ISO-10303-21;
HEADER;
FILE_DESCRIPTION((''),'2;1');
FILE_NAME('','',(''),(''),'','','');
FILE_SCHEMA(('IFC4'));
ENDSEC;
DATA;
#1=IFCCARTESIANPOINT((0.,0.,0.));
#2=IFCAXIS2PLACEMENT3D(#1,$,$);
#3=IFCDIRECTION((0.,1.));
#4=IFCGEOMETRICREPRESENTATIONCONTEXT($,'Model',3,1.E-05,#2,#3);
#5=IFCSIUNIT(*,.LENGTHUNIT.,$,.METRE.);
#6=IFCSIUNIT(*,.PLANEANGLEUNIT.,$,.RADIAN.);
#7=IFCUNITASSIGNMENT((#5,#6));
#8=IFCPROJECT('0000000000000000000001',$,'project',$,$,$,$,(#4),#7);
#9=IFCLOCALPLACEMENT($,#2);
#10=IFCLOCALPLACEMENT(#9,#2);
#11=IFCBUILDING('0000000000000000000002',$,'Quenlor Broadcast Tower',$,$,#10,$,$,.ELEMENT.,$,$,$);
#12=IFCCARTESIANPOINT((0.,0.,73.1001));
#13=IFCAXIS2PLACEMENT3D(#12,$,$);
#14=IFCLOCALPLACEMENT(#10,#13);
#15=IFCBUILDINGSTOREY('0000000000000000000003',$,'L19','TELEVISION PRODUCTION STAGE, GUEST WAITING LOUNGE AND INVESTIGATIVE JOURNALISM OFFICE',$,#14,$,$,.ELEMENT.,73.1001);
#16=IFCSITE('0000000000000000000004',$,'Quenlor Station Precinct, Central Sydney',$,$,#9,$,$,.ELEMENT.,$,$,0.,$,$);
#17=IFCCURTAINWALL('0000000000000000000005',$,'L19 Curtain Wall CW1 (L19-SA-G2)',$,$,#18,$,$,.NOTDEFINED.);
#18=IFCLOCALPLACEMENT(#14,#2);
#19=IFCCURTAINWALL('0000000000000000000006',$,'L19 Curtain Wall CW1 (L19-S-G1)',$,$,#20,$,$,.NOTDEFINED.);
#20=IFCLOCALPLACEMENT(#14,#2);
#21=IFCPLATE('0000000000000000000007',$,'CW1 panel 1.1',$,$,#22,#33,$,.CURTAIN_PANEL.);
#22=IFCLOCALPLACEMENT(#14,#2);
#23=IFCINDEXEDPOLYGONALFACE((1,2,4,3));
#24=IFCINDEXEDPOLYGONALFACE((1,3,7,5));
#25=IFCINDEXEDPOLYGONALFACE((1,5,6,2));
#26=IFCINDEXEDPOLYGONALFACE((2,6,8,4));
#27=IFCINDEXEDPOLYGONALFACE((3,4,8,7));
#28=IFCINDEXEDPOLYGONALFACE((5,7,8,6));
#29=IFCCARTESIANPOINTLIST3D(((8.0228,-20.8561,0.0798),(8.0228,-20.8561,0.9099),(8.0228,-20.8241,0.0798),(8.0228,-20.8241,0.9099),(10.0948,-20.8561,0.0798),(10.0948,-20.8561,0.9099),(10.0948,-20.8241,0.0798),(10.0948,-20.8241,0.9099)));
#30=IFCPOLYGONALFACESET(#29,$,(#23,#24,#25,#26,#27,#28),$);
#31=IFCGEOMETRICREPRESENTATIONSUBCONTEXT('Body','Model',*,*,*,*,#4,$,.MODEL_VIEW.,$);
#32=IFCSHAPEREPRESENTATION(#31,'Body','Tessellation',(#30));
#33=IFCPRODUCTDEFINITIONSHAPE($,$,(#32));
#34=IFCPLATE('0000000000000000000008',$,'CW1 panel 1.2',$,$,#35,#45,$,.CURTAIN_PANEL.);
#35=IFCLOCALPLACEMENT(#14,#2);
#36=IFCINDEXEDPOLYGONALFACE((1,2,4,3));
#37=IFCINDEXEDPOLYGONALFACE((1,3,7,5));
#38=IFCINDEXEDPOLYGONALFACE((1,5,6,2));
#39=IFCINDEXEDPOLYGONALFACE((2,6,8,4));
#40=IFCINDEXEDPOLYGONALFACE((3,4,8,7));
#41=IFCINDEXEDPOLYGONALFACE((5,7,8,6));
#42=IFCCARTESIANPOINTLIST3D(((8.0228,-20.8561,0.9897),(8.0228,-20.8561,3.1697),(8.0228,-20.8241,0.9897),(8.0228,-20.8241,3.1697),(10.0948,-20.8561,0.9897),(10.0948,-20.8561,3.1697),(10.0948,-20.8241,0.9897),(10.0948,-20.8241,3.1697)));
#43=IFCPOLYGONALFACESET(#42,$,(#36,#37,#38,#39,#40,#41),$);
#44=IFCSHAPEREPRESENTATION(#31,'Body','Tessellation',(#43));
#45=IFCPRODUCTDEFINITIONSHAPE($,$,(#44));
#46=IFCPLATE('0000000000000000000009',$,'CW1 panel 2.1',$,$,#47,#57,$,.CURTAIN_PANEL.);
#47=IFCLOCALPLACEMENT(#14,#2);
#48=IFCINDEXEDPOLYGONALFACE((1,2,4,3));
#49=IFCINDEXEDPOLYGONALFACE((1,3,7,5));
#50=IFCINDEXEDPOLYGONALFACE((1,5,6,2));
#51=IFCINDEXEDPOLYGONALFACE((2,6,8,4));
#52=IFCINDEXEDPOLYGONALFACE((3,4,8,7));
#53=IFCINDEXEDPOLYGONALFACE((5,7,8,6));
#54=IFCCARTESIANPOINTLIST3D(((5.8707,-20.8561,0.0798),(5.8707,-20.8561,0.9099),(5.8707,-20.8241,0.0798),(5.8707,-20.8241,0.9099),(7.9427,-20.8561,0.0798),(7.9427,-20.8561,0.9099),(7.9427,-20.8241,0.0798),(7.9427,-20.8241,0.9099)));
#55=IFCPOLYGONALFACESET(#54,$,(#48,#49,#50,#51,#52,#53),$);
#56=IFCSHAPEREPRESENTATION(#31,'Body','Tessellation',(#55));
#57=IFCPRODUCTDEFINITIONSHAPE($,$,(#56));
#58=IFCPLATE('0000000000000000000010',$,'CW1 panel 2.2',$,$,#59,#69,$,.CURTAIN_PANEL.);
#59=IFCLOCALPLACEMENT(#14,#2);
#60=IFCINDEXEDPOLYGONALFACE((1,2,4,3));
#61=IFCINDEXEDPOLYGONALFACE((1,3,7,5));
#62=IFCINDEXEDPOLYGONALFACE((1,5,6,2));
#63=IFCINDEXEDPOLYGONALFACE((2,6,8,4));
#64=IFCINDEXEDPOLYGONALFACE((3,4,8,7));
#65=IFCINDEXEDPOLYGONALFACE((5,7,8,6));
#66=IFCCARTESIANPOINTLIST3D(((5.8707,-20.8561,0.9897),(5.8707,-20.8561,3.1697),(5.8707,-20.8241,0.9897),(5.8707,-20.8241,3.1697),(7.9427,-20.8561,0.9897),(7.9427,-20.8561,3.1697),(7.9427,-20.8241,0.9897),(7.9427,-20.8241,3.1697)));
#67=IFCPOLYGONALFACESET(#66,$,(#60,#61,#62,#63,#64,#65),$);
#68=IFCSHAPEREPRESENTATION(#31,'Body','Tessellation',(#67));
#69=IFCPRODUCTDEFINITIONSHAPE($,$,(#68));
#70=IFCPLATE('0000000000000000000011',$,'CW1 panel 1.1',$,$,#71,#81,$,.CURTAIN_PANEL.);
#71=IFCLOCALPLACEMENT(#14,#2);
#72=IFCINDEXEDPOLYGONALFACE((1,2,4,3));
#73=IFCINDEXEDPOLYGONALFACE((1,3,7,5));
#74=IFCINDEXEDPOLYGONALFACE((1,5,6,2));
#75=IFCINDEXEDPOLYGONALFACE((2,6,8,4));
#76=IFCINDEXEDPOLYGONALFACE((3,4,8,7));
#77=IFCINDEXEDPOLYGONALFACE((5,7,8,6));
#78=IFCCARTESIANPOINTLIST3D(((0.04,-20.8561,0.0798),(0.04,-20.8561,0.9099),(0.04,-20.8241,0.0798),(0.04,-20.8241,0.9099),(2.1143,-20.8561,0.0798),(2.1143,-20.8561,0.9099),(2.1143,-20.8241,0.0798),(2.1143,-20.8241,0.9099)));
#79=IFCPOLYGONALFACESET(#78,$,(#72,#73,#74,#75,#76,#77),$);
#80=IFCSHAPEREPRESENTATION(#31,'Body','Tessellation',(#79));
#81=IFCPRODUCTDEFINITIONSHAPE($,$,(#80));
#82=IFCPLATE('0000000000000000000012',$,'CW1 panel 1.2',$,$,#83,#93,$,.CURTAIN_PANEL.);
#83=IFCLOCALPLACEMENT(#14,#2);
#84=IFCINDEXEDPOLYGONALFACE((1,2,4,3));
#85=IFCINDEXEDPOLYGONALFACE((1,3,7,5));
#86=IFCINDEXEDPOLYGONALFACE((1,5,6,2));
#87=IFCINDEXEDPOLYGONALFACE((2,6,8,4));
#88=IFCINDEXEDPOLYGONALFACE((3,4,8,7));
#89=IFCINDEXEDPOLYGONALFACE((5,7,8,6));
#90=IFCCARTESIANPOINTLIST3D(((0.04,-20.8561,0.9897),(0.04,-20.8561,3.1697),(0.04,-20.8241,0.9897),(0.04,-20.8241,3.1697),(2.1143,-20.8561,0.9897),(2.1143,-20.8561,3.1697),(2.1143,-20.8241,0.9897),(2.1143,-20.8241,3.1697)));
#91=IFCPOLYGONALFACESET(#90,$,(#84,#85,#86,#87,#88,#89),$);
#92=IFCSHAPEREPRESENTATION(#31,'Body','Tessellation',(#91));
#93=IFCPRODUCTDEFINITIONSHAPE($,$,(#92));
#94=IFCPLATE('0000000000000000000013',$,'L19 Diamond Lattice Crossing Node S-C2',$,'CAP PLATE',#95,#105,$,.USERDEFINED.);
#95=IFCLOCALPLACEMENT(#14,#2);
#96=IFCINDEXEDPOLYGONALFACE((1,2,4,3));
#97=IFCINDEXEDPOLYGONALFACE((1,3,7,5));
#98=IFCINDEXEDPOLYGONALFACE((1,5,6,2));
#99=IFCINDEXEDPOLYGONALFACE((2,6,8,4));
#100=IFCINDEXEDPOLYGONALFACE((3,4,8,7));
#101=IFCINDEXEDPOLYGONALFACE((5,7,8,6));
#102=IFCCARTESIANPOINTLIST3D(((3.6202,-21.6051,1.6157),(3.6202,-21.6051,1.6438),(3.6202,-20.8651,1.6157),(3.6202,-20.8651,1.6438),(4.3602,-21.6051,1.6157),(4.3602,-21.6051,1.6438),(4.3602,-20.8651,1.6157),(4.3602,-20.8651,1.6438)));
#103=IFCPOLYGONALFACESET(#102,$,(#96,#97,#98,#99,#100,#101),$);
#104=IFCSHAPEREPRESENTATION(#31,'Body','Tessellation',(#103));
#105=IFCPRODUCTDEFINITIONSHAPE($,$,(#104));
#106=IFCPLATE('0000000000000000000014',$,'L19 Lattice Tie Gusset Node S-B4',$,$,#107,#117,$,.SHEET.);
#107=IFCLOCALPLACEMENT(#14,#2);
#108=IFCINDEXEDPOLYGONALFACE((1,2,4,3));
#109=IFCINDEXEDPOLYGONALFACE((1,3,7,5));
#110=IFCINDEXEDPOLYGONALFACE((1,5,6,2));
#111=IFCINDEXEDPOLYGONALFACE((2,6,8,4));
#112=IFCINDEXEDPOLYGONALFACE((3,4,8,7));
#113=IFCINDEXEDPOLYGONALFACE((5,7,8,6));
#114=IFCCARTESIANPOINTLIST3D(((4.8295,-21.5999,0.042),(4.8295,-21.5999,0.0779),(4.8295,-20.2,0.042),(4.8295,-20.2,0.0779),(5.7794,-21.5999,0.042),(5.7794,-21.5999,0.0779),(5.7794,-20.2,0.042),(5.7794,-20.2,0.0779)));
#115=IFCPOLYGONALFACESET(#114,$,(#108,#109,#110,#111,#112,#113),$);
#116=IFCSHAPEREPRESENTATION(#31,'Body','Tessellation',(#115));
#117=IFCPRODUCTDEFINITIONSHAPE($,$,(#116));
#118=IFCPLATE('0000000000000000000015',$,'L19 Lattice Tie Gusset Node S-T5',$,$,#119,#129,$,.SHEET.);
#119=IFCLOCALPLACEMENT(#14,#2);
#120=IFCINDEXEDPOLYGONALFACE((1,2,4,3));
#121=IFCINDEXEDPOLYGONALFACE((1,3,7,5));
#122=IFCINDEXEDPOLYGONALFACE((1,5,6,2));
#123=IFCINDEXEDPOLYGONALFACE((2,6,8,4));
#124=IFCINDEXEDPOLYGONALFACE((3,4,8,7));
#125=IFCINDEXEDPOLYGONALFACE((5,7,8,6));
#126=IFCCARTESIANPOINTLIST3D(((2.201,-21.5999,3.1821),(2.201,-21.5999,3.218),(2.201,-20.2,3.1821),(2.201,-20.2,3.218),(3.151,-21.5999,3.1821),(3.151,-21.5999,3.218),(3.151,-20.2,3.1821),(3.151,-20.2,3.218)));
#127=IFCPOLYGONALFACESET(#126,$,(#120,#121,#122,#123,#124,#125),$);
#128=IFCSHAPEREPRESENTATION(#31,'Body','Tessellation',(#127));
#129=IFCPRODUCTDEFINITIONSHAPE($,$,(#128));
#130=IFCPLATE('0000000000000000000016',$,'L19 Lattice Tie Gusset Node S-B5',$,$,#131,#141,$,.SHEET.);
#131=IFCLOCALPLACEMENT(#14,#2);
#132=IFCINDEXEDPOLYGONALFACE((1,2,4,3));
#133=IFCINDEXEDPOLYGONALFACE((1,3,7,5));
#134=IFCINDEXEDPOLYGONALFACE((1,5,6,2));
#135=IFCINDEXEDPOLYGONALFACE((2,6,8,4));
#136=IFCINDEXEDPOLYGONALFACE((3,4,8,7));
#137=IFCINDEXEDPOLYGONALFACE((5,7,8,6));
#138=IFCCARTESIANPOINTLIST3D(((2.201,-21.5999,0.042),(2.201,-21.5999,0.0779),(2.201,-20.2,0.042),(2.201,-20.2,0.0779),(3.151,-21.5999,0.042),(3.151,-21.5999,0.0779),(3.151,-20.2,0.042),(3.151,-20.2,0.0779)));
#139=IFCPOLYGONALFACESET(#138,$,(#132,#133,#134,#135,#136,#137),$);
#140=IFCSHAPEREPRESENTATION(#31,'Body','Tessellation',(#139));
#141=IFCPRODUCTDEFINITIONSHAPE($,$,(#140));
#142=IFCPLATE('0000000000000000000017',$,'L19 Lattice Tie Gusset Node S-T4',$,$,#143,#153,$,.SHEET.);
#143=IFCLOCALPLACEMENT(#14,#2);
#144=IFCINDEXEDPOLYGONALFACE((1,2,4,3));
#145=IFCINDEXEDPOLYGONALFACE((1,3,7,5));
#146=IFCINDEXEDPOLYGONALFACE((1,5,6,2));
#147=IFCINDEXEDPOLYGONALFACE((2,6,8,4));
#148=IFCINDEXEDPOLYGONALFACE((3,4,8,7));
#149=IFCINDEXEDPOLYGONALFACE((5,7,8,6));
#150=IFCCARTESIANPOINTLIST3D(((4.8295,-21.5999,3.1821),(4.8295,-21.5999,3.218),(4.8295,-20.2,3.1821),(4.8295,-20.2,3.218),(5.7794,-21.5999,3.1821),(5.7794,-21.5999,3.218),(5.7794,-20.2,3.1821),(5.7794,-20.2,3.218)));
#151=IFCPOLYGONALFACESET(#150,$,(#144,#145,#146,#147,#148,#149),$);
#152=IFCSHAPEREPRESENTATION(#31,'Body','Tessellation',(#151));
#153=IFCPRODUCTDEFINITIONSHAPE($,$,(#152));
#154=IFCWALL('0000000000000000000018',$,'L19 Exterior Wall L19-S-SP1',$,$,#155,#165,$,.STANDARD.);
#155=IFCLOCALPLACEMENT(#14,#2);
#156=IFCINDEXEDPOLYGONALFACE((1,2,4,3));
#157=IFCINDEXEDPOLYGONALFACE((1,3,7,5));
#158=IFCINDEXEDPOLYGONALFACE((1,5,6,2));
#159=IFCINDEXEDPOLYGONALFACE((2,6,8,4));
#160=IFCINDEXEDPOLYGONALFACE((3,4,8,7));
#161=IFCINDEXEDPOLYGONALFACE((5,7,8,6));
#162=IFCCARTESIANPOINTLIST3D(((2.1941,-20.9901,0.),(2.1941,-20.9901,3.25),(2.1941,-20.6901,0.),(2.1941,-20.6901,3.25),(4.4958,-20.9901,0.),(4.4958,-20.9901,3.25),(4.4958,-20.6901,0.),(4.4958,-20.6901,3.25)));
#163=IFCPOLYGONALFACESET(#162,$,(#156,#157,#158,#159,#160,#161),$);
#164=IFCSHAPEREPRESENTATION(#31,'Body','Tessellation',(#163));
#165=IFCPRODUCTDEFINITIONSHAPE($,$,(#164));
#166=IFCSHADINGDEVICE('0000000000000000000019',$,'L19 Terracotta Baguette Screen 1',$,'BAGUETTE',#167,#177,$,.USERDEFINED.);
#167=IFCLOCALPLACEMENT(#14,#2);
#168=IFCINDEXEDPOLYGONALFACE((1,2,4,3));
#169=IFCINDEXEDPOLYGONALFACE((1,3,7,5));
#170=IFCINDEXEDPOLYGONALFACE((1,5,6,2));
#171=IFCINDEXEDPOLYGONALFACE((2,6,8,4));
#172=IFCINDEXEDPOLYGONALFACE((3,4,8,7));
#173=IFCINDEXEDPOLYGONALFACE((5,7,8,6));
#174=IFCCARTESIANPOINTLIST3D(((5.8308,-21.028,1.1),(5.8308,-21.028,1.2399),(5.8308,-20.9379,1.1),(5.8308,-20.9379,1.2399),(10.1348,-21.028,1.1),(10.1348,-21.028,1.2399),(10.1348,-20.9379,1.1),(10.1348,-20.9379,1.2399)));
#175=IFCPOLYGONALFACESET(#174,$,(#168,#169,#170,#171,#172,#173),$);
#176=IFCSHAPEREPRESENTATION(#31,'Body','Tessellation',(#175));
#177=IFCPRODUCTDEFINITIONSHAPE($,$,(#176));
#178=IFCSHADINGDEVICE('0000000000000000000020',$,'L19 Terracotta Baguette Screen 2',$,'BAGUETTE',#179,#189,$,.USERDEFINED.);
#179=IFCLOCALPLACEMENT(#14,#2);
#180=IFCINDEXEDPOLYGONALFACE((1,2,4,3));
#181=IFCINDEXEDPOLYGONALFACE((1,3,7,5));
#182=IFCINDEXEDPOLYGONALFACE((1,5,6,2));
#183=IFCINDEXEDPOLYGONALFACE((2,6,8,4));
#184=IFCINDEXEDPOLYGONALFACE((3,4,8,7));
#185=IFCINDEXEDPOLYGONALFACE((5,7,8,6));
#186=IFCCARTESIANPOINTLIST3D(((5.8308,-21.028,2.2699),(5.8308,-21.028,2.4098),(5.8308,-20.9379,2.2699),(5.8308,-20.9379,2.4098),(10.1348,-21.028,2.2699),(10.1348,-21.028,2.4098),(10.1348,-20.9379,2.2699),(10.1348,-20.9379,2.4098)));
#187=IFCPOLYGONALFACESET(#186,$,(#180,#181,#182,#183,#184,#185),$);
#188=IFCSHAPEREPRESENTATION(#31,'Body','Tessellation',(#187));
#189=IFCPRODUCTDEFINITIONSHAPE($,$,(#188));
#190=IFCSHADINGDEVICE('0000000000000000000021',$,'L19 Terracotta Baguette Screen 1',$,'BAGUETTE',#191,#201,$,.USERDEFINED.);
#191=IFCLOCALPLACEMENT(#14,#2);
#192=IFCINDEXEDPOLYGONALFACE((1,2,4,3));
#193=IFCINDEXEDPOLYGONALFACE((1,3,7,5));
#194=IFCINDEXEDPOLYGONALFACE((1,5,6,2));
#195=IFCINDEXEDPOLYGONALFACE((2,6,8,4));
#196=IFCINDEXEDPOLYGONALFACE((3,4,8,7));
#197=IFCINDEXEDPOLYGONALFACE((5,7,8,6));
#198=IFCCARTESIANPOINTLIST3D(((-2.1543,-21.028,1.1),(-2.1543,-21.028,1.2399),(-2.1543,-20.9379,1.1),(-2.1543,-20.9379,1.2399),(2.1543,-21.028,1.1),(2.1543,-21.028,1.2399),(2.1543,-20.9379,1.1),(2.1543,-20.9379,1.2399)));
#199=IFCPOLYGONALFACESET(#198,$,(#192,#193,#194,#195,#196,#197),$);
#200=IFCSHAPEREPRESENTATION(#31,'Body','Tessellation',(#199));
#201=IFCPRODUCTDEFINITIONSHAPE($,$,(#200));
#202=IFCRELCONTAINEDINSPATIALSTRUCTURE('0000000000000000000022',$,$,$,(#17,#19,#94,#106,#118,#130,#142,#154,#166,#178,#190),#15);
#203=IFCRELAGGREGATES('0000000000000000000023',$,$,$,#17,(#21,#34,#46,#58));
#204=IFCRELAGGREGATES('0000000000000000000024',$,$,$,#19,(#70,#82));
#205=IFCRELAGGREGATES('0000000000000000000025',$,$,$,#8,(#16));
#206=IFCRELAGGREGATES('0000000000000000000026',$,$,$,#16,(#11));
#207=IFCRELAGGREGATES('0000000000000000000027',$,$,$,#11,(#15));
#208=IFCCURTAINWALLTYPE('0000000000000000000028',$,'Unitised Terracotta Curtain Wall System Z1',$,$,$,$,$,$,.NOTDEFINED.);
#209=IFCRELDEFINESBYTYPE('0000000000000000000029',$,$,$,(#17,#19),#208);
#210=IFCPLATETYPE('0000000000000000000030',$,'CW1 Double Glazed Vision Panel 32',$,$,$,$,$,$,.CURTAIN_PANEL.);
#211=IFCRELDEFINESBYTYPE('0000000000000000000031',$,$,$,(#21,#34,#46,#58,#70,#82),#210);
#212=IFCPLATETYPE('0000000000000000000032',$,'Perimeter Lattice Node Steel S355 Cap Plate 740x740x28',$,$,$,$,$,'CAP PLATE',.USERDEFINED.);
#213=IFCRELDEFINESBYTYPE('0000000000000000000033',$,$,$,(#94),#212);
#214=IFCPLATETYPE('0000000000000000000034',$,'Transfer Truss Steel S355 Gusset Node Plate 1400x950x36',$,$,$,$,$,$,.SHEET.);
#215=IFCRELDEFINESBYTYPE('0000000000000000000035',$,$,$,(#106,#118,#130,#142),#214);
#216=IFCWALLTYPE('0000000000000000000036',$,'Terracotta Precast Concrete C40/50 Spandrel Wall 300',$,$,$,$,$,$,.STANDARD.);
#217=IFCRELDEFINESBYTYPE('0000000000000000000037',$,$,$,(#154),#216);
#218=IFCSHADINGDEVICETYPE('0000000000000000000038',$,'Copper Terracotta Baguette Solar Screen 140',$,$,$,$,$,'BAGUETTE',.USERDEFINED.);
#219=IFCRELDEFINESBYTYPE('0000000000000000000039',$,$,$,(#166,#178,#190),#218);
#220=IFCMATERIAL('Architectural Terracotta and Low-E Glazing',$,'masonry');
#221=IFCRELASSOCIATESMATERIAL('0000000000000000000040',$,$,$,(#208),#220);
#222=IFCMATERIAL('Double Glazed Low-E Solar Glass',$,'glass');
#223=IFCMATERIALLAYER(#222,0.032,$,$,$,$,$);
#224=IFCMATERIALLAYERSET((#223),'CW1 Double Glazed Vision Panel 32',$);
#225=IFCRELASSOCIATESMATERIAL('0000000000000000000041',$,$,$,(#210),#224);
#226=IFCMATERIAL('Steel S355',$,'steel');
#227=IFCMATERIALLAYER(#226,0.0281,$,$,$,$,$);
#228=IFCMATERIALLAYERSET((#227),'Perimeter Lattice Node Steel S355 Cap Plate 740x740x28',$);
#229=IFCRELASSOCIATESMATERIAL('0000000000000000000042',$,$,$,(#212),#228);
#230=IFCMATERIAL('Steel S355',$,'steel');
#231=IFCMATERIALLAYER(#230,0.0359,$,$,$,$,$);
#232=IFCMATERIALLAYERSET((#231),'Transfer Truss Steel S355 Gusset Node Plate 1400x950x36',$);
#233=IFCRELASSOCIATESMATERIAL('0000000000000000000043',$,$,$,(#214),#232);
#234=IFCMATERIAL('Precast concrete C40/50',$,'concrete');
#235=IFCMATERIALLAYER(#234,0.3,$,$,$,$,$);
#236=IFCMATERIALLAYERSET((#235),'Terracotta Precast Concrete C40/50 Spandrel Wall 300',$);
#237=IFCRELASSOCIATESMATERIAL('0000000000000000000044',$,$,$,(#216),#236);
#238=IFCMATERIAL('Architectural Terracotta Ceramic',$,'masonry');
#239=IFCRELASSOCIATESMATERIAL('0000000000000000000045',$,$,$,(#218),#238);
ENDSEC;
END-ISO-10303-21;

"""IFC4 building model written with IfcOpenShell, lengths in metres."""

from ifc_helpers import new_model, si_unit, direction, frame, frame_2d, origin, origin_2d, place, context, subcontext, project, spatial, rectangle, extrude, material, layer, layer_set, material_profile, profile_set, type_object, element, aggregate, save


model = new_model("IFC4")

# Units and contexts
model_context = context("Model", 3, precision=1e-05, world=origin(), true_north=direction((0.0, 1.0)))
body_context = subcontext(model_context, "Body", "Model", "MODEL_VIEW")
ifc_project = project(units=[si_unit("LENGTHUNIT", "METRE"), si_unit("PLANEANGLEUNIT", "RADIAN")], contexts=[model_context])

# Site, building, storey
site_placement = place(None, origin())
site = spatial("IfcSite", under=ifc_project, at=site_placement, Name="Quenlor Station Precinct, Central Sydney", CompositionType="ELEMENT", RefElevation=0.0)
building_placement = place(site_placement, origin())
building = spatial("IfcBuilding", under=site, at=building_placement, Name="Quenlor Broadcast Tower", CompositionType="ELEMENT")
storey_placement = place(building_placement, frame((0.0, 0.0, 73.1001)))
storey = spatial("IfcBuildingStorey", under=building, at=storey_placement, Name="L19", Description="TELEVISION PRODUCTION STAGE, GUEST WAITING LOUNGE AND INVESTIGATIVE JOURNALISM OFFICE", CompositionType="ELEMENT", Elevation=73.1001)

# Curtain wall
ifc_material_1 = material(Name="Architectural Terracotta and Low-E Glazing", Category="masonry")
curtain_wall_type = type_object("IfcCurtainWallType", Name="Unitised Terracotta Curtain Wall System Z1", PredefinedType="NOTDEFINED", material=ifc_material_1)
curtain_wall_1_placement = place(storey_placement, origin())
curtain_wall_1 = element("IfcCurtainWall", 1, at=curtain_wall_1_placement, inside=storey, type_object=curtain_wall_type, Name="L19 Curtain Wall CW1 (L19-SA-G2)", PredefinedType="NOTDEFINED")

# Curtain wall
curtain_wall_2_placement = place(storey_placement, origin())
curtain_wall_2 = element("IfcCurtainWall", 2, at=curtain_wall_2_placement, inside=storey, type_object=curtain_wall_type, Name="L19 Curtain Wall CW1 (L19-S-G1)", PredefinedType="NOTDEFINED")

# Plates
ifc_material_2 = material(Name="Double Glazed Low-E Solar Glass", Category="glass")
ifc_layer_1 = layer(ifc_material_2, 0.032)
ifc_layer_set_1 = layer_set([ifc_layer_1], Name="CW1 Double Glazed Vision Panel 32")
plate_type_1 = type_object("IfcPlateType", Name="CW1 Double Glazed Vision Panel 32", PredefinedType="CURTAIN_PANEL", material=ifc_layer_set_1)
plate_1_placement = place(storey_placement, frame((9.0588, -20.8401, 0.0798), z_axis=(0.0, 0.0, 1.0), x_axis=(-1.0, 0.0, 0.0)))
plate_1 = element("IfcPlate", 3, at=plate_1_placement, type_object=plate_type_1, Name="CW1 panel 1.1", PredefinedType="CURTAIN_PANEL", context=body_context, shape_type="SweptSolid", body=[
    extrude(rectangle(XDim=2.072, YDim=0.032, at=origin_2d()), origin(), (0.0, 0.0, 1.0), 0.8301),
])
plate_2_placement = place(storey_placement, frame((9.0588, -20.8401, 0.9897), z_axis=(0.0, 0.0, 1.0), x_axis=(-1.0, 0.0, 0.0)))
plate_2 = element("IfcPlate", 4, at=plate_2_placement, type_object=plate_type_1, Name="CW1 panel 1.2", PredefinedType="CURTAIN_PANEL", context=body_context, shape_type="SweptSolid", body=[
    extrude(rectangle(XDim=2.072, YDim=0.032, at=origin_2d()), origin(), (0.0, 0.0, 1.0), 2.1799),
])
plate_3_placement = place(storey_placement, frame((6.9067, -20.8401, 0.0798), z_axis=(0.0, 0.0, 1.0), x_axis=(-1.0, 0.0, 0.0)))
plate_3 = element("IfcPlate", 5, at=plate_3_placement, type_object=plate_type_1, Name="CW1 panel 2.1", PredefinedType="CURTAIN_PANEL", context=body_context, shape_type="SweptSolid", body=[
    extrude(rectangle(XDim=2.072, YDim=0.032, at=origin_2d()), origin(), (0.0, 0.0, 1.0), 0.8301),
])
plate_4_placement = place(storey_placement, frame((6.9067, -20.8401, 0.9897), z_axis=(0.0, 0.0, 1.0), x_axis=(-1.0, 0.0, 0.0)))
plate_4 = element("IfcPlate", 6, at=plate_4_placement, type_object=plate_type_1, Name="CW1 panel 2.2", PredefinedType="CURTAIN_PANEL", context=body_context, shape_type="SweptSolid", body=[
    extrude(rectangle(XDim=2.072, YDim=0.032, at=origin_2d()), origin(), (0.0, 0.0, 1.0), 2.1799),
])
aggregate(curtain_wall_1, [plate_1, plate_2, plate_3, plate_4])
plate_5_placement = place(storey_placement, frame((1.0771, -20.8401, 0.0798), z_axis=(0.0, 0.0, 1.0), x_axis=(-1.0, 0.0, 0.0)))
plate_5 = element("IfcPlate", 7, at=plate_5_placement, type_object=plate_type_1, Name="CW1 panel 1.1", PredefinedType="CURTAIN_PANEL", context=body_context, shape_type="SweptSolid", body=[
    extrude(rectangle(XDim=2.0742, YDim=0.032, at=origin_2d()), origin(), (0.0, 0.0, 1.0), 0.8301),
])
plate_6_placement = place(storey_placement, frame((1.0771, -20.8401, 0.9897), z_axis=(0.0, 0.0, 1.0), x_axis=(-1.0, 0.0, 0.0)))
plate_6 = element("IfcPlate", 8, at=plate_6_placement, type_object=plate_type_1, Name="CW1 panel 1.2", PredefinedType="CURTAIN_PANEL", context=body_context, shape_type="SweptSolid", body=[
    extrude(rectangle(XDim=2.0742, YDim=0.032, at=origin_2d()), origin(), (0.0, 0.0, 1.0), 2.1799),
])
aggregate(curtain_wall_2, [plate_5, plate_6])

# Plates
ifc_material_3 = material(Name="Steel S355", Category="steel")
ifc_layer_2 = layer(ifc_material_3, 0.0281)
ifc_layer_set_2 = layer_set([ifc_layer_2], Name="Perimeter Lattice Node Steel S355 Cap Plate 740x740x28")
plate_type_2 = type_object("IfcPlateType", Name="Perimeter Lattice Node Steel S355 Cap Plate 740x740x28", ElementType="CAP PLATE", PredefinedType="USERDEFINED", material=ifc_layer_set_2)
plate_7_placement = place(storey_placement, frame((3.9902, -21.2351, 1.6157), z_axis=(0.0, 0.0, 1.0), x_axis=(-1.0, 0.0, 0.0)))
element("IfcPlate", 9, at=plate_7_placement, inside=storey, type_object=plate_type_2, Name="L19 Diamond Lattice Crossing Node S-C2", ObjectType="CAP PLATE", PredefinedType="USERDEFINED", context=body_context, shape_type="SweptSolid", body=[
    extrude(rectangle(XDim=0.74, YDim=0.74, at=origin_2d()), origin(), (0.0, 0.0, 1.0), 0.0281),
])
ifc_material_4 = material(Name="Steel S355", Category="steel")
ifc_layer_3 = layer(ifc_material_4, 0.0359)
ifc_layer_set_3 = layer_set([ifc_layer_3], Name="Transfer Truss Steel S355 Gusset Node Plate 1400x950x36")
plate_type_3 = type_object("IfcPlateType", Name="Transfer Truss Steel S355 Gusset Node Plate 1400x950x36", PredefinedType="SHEET", material=ifc_layer_set_3)
for number, where, z_axis, x_axis, name in (
    (10, (5.3044, -20.8999, 0.042), (0.0, 0.0, 1.0), (0.0, -1.0, 0.0), "L19 Lattice Tie Gusset Node S-B4"),
    (11, (2.676, -20.8999, 3.1821), (0.0, 0.0, 1.0), (0.0, -1.0, 0.0), "L19 Lattice Tie Gusset Node S-T5"),
    (12, (2.676, -20.8999, 0.042), (0.0, 0.0, 1.0), (0.0, -1.0, 0.0), "L19 Lattice Tie Gusset Node S-B5"),
    (13, (5.3044, -20.8999, 3.1821), (0.0, 0.0, 1.0), (0.0, -1.0, 0.0), "L19 Lattice Tie Gusset Node S-T4"),
):
    element("IfcPlate", number, at=place(storey_placement, frame(where, z_axis=z_axis, x_axis=x_axis)), inside=storey, type_object=plate_type_3, Name=name, PredefinedType="SHEET", context=body_context, shape_type="SweptSolid", body=[
        extrude(rectangle(XDim=1.3999, YDim=0.95, at=origin_2d()), origin(), (0.0, 0.0, 1.0), 0.0359),
    ])

# Wall
ifc_material_5 = material(Name="Precast concrete C40/50", Category="concrete")
ifc_layer_4 = layer(ifc_material_5, 0.3)
ifc_layer_set_4 = layer_set([ifc_layer_4], Name="Terracotta Precast Concrete C40/50 Spandrel Wall 300")
wall_type = type_object("IfcWallType", Name="Terracotta Precast Concrete C40/50 Spandrel Wall 300", PredefinedType="STANDARD", material=ifc_layer_set_4)
wall_placement = place(storey_placement, frame((4.4958, -20.8401, 0.0), z_axis=(0.0, 0.0, 1.0), x_axis=(-1.0, 0.0, 0.0)))
element("IfcWall", 14, at=wall_placement, inside=storey, type_object=wall_type, Name="L19 Exterior Wall L19-S-SP1", PredefinedType="STANDARD", context=body_context, shape_type="SweptSolid", body=[
    extrude(rectangle(XDim=2.3018, YDim=0.3, at=frame_2d((1.1509, 0.0))), origin(), (0.0, 0.0, 1.0), 3.25),
])

# Shading devices
ifc_material_6 = material(Name="Architectural Terracotta Ceramic", Category="masonry")
ifc_material_profile_1 = material_profile(ifc_material_6, rectangle(XDim=0.0901, YDim=0.1399, at=origin_2d()))
ifc_profile_set_1 = profile_set([ifc_material_profile_1], Name="Architectural Terracotta Ceramic BAG90x140")
shading_device_type = type_object("IfcShadingDeviceType", Name="Copper Terracotta Baguette Solar Screen 140", ElementType="BAGUETTE", PredefinedType="USERDEFINED", material=ifc_profile_set_1)
for number, where, z_axis, x_axis, name in (
    (15, (10.1348, -20.9829, 1.1699), (-1.0, 0.0, 0.0), (0.0, -1.0, 0.0), "L19 Terracotta Baguette Screen 1"),
    (16, (10.1348, -20.9829, 2.3398), (-1.0, 0.0, 0.0), (0.0, -1.0, 0.0), "L19 Terracotta Baguette Screen 2"),
):
    element("IfcShadingDevice", number, at=place(storey_placement, frame(where, z_axis=z_axis, x_axis=x_axis)), inside=storey, type_object=shading_device_type, Name=name, ObjectType="BAGUETTE", PredefinedType="USERDEFINED", context=body_context, shape_type="SweptSolid", body=[
        extrude(rectangle(XDim=0.0901, YDim=0.1399, at=origin_2d()), origin(), (0.0, 0.0, 1.0), 4.304),
    ])
for number, where, z_axis, x_axis, name in (
    (17, (2.1543, -20.9829, 1.1699), (-1.0, 0.0, 0.0), (0.0, -1.0, 0.0), "L19 Terracotta Baguette Screen 1"),
):
    element("IfcShadingDevice", number, at=place(storey_placement, frame(where, z_axis=z_axis, x_axis=x_axis)), inside=storey, type_object=shading_device_type, Name=name, ObjectType="BAGUETTE", PredefinedType="USERDEFINED", context=body_context, shape_type="SweptSolid", body=[
        extrude(rectangle(XDim=0.0901, YDim=0.1399, at=origin_2d()), origin(), (0.0, 0.0, 1.0), 4.3086),
    ])

save(model, "model.ifc")
